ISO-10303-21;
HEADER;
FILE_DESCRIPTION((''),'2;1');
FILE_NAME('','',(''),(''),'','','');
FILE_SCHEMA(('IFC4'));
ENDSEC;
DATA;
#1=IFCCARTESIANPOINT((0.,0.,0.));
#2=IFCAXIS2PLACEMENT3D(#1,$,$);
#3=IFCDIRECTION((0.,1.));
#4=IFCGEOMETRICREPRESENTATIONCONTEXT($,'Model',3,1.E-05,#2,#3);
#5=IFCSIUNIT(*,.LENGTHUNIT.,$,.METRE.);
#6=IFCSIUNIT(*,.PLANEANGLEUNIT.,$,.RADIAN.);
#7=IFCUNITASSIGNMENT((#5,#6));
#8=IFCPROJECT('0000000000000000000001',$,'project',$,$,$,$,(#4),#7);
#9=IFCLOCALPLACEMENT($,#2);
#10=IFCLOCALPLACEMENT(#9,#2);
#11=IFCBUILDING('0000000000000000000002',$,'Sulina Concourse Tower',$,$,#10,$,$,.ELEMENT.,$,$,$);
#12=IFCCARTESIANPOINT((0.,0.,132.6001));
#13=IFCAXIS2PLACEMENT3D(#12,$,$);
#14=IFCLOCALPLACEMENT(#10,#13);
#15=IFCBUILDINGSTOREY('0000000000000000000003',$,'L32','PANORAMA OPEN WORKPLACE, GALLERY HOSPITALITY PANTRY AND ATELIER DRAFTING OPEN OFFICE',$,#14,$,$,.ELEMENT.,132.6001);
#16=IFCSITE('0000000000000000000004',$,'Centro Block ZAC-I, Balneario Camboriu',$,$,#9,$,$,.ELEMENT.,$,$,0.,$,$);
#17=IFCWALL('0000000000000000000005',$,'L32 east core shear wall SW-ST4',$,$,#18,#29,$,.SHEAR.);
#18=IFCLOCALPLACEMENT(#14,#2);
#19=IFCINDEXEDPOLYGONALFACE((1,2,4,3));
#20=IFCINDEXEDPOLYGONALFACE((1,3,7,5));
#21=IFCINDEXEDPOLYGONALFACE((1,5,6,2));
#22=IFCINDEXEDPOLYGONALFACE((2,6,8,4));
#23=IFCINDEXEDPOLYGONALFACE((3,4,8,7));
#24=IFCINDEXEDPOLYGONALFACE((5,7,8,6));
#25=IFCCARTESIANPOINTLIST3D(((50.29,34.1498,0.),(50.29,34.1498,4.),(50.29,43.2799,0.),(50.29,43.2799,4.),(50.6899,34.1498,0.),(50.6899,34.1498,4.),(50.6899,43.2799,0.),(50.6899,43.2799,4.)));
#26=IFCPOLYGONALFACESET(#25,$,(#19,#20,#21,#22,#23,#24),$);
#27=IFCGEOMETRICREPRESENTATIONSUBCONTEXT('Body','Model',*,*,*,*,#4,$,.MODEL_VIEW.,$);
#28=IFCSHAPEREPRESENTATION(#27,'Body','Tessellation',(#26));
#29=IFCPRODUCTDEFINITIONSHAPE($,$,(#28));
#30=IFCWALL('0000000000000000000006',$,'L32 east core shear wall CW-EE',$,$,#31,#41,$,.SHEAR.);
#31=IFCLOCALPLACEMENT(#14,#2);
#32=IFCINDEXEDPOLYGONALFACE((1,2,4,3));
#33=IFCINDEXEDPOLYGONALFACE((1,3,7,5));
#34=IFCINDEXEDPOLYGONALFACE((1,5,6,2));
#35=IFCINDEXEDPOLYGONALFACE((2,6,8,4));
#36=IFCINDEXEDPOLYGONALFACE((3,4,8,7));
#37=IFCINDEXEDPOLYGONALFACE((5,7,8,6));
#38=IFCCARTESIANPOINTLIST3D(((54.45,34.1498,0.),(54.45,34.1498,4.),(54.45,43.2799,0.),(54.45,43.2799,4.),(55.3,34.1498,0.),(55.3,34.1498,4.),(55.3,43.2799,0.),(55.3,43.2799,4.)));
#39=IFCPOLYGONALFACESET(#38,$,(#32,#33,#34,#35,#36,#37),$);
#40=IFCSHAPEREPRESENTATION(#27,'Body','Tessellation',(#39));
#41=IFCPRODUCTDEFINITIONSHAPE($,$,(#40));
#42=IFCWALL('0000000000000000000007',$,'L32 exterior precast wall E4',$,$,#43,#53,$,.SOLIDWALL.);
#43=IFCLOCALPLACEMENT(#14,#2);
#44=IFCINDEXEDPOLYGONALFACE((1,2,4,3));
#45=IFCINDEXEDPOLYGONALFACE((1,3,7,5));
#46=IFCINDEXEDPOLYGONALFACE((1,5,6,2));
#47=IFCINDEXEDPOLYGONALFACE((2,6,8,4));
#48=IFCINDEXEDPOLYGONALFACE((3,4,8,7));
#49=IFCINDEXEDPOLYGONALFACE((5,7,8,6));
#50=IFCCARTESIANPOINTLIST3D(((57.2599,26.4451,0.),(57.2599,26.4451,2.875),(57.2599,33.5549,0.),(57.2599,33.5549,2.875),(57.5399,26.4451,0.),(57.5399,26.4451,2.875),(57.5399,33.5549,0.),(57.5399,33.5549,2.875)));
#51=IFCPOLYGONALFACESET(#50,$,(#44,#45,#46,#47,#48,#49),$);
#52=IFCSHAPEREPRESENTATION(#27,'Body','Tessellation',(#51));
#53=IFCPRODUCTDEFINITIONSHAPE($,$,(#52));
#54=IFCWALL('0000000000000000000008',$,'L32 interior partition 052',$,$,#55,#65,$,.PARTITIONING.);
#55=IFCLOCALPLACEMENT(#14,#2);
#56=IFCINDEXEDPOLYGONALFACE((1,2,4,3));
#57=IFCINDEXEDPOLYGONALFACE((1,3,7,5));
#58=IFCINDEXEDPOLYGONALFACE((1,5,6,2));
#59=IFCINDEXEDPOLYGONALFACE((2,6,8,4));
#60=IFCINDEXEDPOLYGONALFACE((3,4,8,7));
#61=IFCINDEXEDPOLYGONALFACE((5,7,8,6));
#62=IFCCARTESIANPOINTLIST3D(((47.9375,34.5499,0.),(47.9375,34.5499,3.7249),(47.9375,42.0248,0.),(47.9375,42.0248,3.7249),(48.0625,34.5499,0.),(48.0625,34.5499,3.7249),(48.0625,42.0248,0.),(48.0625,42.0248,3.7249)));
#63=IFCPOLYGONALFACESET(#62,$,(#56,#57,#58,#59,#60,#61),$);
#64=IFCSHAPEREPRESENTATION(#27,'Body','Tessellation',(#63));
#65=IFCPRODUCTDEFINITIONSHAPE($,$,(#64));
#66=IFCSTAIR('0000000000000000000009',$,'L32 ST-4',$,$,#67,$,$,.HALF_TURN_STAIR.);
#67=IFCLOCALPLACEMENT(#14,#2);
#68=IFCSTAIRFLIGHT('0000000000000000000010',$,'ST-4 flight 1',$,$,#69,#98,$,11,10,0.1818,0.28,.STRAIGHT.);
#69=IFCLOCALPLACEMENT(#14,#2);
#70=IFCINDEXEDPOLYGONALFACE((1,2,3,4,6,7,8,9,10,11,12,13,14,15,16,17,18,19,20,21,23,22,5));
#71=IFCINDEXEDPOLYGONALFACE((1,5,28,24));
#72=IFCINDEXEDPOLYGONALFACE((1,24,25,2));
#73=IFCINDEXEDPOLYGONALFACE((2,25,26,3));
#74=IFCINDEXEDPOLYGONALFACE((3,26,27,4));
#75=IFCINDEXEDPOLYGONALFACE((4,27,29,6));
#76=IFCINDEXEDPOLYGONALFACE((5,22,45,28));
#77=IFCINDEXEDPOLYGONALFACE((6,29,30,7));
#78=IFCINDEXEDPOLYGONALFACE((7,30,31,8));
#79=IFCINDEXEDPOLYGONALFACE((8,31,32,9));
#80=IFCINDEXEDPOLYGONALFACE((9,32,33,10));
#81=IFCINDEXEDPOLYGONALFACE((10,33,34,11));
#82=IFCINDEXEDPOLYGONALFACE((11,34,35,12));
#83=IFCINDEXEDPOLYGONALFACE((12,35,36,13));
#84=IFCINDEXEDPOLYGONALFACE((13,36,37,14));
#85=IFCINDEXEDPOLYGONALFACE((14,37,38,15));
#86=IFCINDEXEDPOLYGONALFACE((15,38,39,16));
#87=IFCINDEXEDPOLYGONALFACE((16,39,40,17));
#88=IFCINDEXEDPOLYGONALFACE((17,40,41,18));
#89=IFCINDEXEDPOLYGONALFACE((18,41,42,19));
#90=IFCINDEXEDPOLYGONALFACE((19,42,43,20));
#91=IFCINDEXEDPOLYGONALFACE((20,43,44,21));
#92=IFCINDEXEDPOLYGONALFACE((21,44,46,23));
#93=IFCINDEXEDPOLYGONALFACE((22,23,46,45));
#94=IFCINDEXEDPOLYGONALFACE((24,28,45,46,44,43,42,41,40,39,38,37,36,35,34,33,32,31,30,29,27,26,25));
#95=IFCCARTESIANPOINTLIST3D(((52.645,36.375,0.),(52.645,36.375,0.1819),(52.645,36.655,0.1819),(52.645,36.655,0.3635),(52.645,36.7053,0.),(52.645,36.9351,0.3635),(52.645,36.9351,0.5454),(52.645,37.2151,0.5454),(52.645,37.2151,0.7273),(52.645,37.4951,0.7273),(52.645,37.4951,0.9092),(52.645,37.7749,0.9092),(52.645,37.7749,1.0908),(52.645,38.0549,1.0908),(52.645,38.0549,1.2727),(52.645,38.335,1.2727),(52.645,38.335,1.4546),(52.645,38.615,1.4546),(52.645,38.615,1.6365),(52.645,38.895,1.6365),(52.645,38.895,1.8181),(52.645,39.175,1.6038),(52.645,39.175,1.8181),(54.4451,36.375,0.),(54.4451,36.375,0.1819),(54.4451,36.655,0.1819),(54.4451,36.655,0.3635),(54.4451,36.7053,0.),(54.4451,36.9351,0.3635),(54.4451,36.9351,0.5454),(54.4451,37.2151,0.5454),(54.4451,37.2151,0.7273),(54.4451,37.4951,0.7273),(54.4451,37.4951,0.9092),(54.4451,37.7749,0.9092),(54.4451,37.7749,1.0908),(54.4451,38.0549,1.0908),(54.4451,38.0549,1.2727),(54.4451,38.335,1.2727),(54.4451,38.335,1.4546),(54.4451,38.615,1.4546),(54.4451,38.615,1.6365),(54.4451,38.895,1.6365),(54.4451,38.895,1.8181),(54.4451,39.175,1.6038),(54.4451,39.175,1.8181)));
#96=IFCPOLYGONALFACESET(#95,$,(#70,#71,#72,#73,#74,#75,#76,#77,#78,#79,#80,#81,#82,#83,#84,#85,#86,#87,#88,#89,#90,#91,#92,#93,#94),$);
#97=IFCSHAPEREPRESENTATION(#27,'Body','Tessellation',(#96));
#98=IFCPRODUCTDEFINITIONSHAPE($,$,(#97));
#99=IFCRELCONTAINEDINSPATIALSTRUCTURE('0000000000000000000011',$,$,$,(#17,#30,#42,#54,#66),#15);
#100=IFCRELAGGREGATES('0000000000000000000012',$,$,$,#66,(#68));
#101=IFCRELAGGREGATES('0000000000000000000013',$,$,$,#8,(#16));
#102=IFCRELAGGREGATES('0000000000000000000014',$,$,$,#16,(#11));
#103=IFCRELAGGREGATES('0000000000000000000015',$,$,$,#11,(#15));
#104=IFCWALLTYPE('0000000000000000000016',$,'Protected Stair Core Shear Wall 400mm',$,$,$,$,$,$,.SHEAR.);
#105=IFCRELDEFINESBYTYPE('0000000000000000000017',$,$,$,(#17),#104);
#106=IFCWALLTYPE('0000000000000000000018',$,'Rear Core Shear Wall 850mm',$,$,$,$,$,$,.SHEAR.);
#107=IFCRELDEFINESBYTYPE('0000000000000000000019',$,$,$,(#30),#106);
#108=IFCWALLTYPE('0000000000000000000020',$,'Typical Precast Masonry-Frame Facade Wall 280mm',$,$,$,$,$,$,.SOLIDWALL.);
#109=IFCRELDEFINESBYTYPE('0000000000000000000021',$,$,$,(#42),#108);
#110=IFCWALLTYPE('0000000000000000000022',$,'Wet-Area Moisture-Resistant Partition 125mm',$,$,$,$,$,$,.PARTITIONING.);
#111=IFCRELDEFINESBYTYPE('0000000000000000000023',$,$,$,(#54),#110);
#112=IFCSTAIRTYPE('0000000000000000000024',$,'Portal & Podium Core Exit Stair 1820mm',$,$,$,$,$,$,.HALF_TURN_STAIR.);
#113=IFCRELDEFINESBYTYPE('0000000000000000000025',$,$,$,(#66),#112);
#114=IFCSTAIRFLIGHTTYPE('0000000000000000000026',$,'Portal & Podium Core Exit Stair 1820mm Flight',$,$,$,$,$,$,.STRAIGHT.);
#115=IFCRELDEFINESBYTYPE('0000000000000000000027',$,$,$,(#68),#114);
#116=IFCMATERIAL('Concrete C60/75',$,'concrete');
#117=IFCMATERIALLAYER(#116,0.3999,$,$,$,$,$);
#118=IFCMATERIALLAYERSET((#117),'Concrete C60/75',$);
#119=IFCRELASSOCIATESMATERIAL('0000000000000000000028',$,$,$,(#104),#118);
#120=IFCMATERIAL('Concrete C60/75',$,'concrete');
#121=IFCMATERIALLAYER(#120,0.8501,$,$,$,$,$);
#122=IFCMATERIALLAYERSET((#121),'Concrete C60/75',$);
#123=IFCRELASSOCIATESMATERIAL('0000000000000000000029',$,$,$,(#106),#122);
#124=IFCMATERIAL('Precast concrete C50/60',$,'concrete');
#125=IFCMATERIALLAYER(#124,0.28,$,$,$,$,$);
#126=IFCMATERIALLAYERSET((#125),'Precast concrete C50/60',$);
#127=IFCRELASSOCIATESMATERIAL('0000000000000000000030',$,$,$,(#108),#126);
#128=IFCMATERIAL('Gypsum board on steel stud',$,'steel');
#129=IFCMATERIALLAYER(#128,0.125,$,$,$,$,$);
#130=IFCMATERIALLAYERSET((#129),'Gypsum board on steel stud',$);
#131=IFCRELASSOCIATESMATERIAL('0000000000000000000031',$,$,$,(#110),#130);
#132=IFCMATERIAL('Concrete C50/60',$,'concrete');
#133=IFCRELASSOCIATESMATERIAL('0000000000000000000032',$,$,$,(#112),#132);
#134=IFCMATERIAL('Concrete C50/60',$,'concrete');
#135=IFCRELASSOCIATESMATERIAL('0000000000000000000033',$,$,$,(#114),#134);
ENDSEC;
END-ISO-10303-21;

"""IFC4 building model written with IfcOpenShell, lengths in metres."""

from ifc_helpers import new_model, si_unit, direction, frame, frame_2d, origin, place, context, subcontext, project, spatial, polyline, rectangle, outline, extrude, material, layer, layer_set, type_object, element, aggregate, save


model = new_model("IFC4")

# Units and contexts
model_context = context("Model", 3, precision=1e-05, world=origin(), true_north=direction((0.0, 1.0)))
body_context = subcontext(model_context, "Body", "Model", "MODEL_VIEW")
ifc_project = project(units=[si_unit("LENGTHUNIT", "METRE"), si_unit("PLANEANGLEUNIT", "RADIAN")], contexts=[model_context])

# Site, building, storey
site_placement = place(None, origin())
site = spatial("IfcSite", under=ifc_project, at=site_placement, Name="Centro Block ZAC-I, Balneario Camboriu", CompositionType="ELEMENT", RefElevation=0.0)
building_placement = place(site_placement, origin())
building = spatial("IfcBuilding", under=site, at=building_placement, Name="Sulina Concourse Tower", CompositionType="ELEMENT")
storey_placement = place(building_placement, frame((0.0, 0.0, 132.6001)))
storey = spatial("IfcBuildingStorey", under=building, at=storey_placement, Name="L32", Description="PANORAMA OPEN WORKPLACE, GALLERY HOSPITALITY PANTRY AND ATELIER DRAFTING OPEN OFFICE", CompositionType="ELEMENT", Elevation=132.6001)

# Shared definitions
ifc_material_1 = material(Name="Concrete C60/75", Category="concrete")
ifc_layer_1 = layer(ifc_material_1, 0.3999)
ifc_layer_set_1 = layer_set([ifc_layer_1], Name="Concrete C60/75")
wall_type_1 = type_object("IfcWallType", Name="Protected Stair Core Shear Wall 400mm", PredefinedType="SHEAR", material=ifc_layer_set_1)

# Walls
wall_1_placement = place(storey_placement, frame((50.49, 34.1499, 0.0), z_axis=(0.0, 0.0, 1.0), x_axis=(0.0, 1.0, 0.0)))
element("IfcWall", 1, at=wall_1_placement, inside=storey, type_object=wall_type_1, Name="L32 east core shear wall SW-ST4", PredefinedType="SHEAR", context=body_context, shape_type="SweptSolid", body=[
    extrude(rectangle(XDim=9.1301, YDim=0.3999, at=frame_2d((4.5649, 0.0))), origin(), (0.0, 0.0, 1.0), 4.0),
])
ifc_material_2 = material(Name="Concrete C60/75", Category="concrete")
ifc_layer_2 = layer(ifc_material_2, 0.8501)
ifc_layer_set_2 = layer_set([ifc_layer_2], Name="Concrete C60/75")
wall_type_2 = type_object("IfcWallType", Name="Rear Core Shear Wall 850mm", PredefinedType="SHEAR", material=ifc_layer_set_2)
wall_2_placement = place(storey_placement, frame((54.875, 34.1499, 0.0), z_axis=(0.0, 0.0, 1.0), x_axis=(0.0, 1.0, 0.0)))
element("IfcWall", 2, at=wall_2_placement, inside=storey, type_object=wall_type_2, Name="L32 east core shear wall CW-EE", PredefinedType="SHEAR", context=body_context, shape_type="SweptSolid", body=[
    extrude(rectangle(XDim=9.1301, YDim=0.8501, at=frame_2d((4.5649, 0.0))), origin(), (0.0, 0.0, 1.0), 4.0),
])
ifc_material_3 = material(Name="Precast concrete C50/60", Category="concrete")
ifc_layer_3 = layer(ifc_material_3, 0.28)
ifc_layer_set_3 = layer_set([ifc_layer_3], Name="Precast concrete C50/60")
wall_type_3 = type_object("IfcWallType", Name="Typical Precast Masonry-Frame Facade Wall 280mm", PredefinedType="SOLIDWALL", material=ifc_layer_set_3)
wall_3_placement = place(storey_placement, frame((57.3999, 33.5549, 0.0), z_axis=(0.0, 0.0, 1.0), x_axis=(0.0, -1.0, 0.0)))
element("IfcWall", 3, at=wall_3_placement, inside=storey, type_object=wall_type_3, Name="L32 exterior precast wall E4", PredefinedType="SOLIDWALL", context=body_context, shape_type="SweptSolid", body=[
    extrude(rectangle(XDim=7.1099, YDim=0.28, at=frame_2d((3.5549, 0.0))), origin(), (0.0, 0.0, 1.0), 2.875),
])
ifc_material_4 = material(Name="Gypsum board on steel stud", Category="steel")
ifc_layer_4 = layer(ifc_material_4, 0.125)
ifc_layer_set_4 = layer_set([ifc_layer_4], Name="Gypsum board on steel stud")
wall_type_4 = type_object("IfcWallType", Name="Wet-Area Moisture-Resistant Partition 125mm", PredefinedType="PARTITIONING", material=ifc_layer_set_4)
wall_4_placement = place(storey_placement, frame((48.0, 34.55, 0.0), z_axis=(0.0, 0.0, 1.0), x_axis=(0.0, 1.0, 0.0)))
element("IfcWall", 4, at=wall_4_placement, inside=storey, type_object=wall_type_4, Name="L32 interior partition 052", PredefinedType="PARTITIONING", context=body_context, shape_type="SweptSolid", body=[
    extrude(rectangle(XDim=7.4749, YDim=0.125, at=frame_2d((3.7373, 0.0))), origin(), (0.0, 0.0, 1.0), 3.7249),
])

# Stair, stair flight
ifc_material_5 = material(Name="Concrete C50/60", Category="concrete")
stair_type = type_object("IfcStairType", Name="Portal & Podium Core Exit Stair 1820mm", PredefinedType="HALF_TURN_STAIR", material=ifc_material_5)
stair_placement = place(storey_placement, origin())
stair = element("IfcStair", 5, at=stair_placement, inside=storey, type_object=stair_type, Name="L32 ST-4", PredefinedType="HALF_TURN_STAIR")
ifc_material_6 = material(Name="Concrete C50/60", Category="concrete")
stair_flight_type = type_object("IfcStairFlightType", Name="Portal & Podium Core Exit Stair 1820mm Flight", PredefinedType="STRAIGHT", material=ifc_material_6)
stair_flight_placement = place(storey_placement, frame((53.5449, 36.375, 0.0), z_axis=(0.0, 0.0, 1.0), x_axis=(0.0, 1.0, 0.0)))
stair_flight = element("IfcStairFlight", 6, at=stair_flight_placement, type_object=stair_flight_type, Name="ST-4 flight 1", NumberOfRisers=11, NumberOfTreads=10, PredefinedType="STRAIGHT", RiserHeight=0.1818, TreadLength=0.28, context=body_context, shape_type="SweptSolid", body=[
    extrude(outline(polyline([(0.0, 0.0), (0.0, 0.1819), (0.28, 0.1819), (0.28, 0.3635), (0.5601, 0.3635), (0.5601, 0.5454), (0.8401, 0.5454), (0.8401, 0.7273), (1.1201, 0.7273), (1.1201, 0.9092), (1.3999, 0.9092), (1.3999, 1.0908), (1.6799, 1.0908), (1.6799, 1.2727), (1.96, 1.2727), (1.96, 1.4546), (2.24, 1.4546), (2.24, 1.6365), (2.52, 1.6365), (2.52, 1.8181), (2.8, 1.8181), (2.8, 2.0), (2.8, 1.6038), (0.3303, 0.0), (0.0, 0.0)])), frame((0.0, 0.8999, 0.0), z_axis=(0.0, -1.0, 0.0), x_axis=(1.0, 0.0, 0.0)), (0.0, 0.0, 1.0), 1.8),
])
aggregate(stair, [stair_flight])

save(model, "model.ifc")
